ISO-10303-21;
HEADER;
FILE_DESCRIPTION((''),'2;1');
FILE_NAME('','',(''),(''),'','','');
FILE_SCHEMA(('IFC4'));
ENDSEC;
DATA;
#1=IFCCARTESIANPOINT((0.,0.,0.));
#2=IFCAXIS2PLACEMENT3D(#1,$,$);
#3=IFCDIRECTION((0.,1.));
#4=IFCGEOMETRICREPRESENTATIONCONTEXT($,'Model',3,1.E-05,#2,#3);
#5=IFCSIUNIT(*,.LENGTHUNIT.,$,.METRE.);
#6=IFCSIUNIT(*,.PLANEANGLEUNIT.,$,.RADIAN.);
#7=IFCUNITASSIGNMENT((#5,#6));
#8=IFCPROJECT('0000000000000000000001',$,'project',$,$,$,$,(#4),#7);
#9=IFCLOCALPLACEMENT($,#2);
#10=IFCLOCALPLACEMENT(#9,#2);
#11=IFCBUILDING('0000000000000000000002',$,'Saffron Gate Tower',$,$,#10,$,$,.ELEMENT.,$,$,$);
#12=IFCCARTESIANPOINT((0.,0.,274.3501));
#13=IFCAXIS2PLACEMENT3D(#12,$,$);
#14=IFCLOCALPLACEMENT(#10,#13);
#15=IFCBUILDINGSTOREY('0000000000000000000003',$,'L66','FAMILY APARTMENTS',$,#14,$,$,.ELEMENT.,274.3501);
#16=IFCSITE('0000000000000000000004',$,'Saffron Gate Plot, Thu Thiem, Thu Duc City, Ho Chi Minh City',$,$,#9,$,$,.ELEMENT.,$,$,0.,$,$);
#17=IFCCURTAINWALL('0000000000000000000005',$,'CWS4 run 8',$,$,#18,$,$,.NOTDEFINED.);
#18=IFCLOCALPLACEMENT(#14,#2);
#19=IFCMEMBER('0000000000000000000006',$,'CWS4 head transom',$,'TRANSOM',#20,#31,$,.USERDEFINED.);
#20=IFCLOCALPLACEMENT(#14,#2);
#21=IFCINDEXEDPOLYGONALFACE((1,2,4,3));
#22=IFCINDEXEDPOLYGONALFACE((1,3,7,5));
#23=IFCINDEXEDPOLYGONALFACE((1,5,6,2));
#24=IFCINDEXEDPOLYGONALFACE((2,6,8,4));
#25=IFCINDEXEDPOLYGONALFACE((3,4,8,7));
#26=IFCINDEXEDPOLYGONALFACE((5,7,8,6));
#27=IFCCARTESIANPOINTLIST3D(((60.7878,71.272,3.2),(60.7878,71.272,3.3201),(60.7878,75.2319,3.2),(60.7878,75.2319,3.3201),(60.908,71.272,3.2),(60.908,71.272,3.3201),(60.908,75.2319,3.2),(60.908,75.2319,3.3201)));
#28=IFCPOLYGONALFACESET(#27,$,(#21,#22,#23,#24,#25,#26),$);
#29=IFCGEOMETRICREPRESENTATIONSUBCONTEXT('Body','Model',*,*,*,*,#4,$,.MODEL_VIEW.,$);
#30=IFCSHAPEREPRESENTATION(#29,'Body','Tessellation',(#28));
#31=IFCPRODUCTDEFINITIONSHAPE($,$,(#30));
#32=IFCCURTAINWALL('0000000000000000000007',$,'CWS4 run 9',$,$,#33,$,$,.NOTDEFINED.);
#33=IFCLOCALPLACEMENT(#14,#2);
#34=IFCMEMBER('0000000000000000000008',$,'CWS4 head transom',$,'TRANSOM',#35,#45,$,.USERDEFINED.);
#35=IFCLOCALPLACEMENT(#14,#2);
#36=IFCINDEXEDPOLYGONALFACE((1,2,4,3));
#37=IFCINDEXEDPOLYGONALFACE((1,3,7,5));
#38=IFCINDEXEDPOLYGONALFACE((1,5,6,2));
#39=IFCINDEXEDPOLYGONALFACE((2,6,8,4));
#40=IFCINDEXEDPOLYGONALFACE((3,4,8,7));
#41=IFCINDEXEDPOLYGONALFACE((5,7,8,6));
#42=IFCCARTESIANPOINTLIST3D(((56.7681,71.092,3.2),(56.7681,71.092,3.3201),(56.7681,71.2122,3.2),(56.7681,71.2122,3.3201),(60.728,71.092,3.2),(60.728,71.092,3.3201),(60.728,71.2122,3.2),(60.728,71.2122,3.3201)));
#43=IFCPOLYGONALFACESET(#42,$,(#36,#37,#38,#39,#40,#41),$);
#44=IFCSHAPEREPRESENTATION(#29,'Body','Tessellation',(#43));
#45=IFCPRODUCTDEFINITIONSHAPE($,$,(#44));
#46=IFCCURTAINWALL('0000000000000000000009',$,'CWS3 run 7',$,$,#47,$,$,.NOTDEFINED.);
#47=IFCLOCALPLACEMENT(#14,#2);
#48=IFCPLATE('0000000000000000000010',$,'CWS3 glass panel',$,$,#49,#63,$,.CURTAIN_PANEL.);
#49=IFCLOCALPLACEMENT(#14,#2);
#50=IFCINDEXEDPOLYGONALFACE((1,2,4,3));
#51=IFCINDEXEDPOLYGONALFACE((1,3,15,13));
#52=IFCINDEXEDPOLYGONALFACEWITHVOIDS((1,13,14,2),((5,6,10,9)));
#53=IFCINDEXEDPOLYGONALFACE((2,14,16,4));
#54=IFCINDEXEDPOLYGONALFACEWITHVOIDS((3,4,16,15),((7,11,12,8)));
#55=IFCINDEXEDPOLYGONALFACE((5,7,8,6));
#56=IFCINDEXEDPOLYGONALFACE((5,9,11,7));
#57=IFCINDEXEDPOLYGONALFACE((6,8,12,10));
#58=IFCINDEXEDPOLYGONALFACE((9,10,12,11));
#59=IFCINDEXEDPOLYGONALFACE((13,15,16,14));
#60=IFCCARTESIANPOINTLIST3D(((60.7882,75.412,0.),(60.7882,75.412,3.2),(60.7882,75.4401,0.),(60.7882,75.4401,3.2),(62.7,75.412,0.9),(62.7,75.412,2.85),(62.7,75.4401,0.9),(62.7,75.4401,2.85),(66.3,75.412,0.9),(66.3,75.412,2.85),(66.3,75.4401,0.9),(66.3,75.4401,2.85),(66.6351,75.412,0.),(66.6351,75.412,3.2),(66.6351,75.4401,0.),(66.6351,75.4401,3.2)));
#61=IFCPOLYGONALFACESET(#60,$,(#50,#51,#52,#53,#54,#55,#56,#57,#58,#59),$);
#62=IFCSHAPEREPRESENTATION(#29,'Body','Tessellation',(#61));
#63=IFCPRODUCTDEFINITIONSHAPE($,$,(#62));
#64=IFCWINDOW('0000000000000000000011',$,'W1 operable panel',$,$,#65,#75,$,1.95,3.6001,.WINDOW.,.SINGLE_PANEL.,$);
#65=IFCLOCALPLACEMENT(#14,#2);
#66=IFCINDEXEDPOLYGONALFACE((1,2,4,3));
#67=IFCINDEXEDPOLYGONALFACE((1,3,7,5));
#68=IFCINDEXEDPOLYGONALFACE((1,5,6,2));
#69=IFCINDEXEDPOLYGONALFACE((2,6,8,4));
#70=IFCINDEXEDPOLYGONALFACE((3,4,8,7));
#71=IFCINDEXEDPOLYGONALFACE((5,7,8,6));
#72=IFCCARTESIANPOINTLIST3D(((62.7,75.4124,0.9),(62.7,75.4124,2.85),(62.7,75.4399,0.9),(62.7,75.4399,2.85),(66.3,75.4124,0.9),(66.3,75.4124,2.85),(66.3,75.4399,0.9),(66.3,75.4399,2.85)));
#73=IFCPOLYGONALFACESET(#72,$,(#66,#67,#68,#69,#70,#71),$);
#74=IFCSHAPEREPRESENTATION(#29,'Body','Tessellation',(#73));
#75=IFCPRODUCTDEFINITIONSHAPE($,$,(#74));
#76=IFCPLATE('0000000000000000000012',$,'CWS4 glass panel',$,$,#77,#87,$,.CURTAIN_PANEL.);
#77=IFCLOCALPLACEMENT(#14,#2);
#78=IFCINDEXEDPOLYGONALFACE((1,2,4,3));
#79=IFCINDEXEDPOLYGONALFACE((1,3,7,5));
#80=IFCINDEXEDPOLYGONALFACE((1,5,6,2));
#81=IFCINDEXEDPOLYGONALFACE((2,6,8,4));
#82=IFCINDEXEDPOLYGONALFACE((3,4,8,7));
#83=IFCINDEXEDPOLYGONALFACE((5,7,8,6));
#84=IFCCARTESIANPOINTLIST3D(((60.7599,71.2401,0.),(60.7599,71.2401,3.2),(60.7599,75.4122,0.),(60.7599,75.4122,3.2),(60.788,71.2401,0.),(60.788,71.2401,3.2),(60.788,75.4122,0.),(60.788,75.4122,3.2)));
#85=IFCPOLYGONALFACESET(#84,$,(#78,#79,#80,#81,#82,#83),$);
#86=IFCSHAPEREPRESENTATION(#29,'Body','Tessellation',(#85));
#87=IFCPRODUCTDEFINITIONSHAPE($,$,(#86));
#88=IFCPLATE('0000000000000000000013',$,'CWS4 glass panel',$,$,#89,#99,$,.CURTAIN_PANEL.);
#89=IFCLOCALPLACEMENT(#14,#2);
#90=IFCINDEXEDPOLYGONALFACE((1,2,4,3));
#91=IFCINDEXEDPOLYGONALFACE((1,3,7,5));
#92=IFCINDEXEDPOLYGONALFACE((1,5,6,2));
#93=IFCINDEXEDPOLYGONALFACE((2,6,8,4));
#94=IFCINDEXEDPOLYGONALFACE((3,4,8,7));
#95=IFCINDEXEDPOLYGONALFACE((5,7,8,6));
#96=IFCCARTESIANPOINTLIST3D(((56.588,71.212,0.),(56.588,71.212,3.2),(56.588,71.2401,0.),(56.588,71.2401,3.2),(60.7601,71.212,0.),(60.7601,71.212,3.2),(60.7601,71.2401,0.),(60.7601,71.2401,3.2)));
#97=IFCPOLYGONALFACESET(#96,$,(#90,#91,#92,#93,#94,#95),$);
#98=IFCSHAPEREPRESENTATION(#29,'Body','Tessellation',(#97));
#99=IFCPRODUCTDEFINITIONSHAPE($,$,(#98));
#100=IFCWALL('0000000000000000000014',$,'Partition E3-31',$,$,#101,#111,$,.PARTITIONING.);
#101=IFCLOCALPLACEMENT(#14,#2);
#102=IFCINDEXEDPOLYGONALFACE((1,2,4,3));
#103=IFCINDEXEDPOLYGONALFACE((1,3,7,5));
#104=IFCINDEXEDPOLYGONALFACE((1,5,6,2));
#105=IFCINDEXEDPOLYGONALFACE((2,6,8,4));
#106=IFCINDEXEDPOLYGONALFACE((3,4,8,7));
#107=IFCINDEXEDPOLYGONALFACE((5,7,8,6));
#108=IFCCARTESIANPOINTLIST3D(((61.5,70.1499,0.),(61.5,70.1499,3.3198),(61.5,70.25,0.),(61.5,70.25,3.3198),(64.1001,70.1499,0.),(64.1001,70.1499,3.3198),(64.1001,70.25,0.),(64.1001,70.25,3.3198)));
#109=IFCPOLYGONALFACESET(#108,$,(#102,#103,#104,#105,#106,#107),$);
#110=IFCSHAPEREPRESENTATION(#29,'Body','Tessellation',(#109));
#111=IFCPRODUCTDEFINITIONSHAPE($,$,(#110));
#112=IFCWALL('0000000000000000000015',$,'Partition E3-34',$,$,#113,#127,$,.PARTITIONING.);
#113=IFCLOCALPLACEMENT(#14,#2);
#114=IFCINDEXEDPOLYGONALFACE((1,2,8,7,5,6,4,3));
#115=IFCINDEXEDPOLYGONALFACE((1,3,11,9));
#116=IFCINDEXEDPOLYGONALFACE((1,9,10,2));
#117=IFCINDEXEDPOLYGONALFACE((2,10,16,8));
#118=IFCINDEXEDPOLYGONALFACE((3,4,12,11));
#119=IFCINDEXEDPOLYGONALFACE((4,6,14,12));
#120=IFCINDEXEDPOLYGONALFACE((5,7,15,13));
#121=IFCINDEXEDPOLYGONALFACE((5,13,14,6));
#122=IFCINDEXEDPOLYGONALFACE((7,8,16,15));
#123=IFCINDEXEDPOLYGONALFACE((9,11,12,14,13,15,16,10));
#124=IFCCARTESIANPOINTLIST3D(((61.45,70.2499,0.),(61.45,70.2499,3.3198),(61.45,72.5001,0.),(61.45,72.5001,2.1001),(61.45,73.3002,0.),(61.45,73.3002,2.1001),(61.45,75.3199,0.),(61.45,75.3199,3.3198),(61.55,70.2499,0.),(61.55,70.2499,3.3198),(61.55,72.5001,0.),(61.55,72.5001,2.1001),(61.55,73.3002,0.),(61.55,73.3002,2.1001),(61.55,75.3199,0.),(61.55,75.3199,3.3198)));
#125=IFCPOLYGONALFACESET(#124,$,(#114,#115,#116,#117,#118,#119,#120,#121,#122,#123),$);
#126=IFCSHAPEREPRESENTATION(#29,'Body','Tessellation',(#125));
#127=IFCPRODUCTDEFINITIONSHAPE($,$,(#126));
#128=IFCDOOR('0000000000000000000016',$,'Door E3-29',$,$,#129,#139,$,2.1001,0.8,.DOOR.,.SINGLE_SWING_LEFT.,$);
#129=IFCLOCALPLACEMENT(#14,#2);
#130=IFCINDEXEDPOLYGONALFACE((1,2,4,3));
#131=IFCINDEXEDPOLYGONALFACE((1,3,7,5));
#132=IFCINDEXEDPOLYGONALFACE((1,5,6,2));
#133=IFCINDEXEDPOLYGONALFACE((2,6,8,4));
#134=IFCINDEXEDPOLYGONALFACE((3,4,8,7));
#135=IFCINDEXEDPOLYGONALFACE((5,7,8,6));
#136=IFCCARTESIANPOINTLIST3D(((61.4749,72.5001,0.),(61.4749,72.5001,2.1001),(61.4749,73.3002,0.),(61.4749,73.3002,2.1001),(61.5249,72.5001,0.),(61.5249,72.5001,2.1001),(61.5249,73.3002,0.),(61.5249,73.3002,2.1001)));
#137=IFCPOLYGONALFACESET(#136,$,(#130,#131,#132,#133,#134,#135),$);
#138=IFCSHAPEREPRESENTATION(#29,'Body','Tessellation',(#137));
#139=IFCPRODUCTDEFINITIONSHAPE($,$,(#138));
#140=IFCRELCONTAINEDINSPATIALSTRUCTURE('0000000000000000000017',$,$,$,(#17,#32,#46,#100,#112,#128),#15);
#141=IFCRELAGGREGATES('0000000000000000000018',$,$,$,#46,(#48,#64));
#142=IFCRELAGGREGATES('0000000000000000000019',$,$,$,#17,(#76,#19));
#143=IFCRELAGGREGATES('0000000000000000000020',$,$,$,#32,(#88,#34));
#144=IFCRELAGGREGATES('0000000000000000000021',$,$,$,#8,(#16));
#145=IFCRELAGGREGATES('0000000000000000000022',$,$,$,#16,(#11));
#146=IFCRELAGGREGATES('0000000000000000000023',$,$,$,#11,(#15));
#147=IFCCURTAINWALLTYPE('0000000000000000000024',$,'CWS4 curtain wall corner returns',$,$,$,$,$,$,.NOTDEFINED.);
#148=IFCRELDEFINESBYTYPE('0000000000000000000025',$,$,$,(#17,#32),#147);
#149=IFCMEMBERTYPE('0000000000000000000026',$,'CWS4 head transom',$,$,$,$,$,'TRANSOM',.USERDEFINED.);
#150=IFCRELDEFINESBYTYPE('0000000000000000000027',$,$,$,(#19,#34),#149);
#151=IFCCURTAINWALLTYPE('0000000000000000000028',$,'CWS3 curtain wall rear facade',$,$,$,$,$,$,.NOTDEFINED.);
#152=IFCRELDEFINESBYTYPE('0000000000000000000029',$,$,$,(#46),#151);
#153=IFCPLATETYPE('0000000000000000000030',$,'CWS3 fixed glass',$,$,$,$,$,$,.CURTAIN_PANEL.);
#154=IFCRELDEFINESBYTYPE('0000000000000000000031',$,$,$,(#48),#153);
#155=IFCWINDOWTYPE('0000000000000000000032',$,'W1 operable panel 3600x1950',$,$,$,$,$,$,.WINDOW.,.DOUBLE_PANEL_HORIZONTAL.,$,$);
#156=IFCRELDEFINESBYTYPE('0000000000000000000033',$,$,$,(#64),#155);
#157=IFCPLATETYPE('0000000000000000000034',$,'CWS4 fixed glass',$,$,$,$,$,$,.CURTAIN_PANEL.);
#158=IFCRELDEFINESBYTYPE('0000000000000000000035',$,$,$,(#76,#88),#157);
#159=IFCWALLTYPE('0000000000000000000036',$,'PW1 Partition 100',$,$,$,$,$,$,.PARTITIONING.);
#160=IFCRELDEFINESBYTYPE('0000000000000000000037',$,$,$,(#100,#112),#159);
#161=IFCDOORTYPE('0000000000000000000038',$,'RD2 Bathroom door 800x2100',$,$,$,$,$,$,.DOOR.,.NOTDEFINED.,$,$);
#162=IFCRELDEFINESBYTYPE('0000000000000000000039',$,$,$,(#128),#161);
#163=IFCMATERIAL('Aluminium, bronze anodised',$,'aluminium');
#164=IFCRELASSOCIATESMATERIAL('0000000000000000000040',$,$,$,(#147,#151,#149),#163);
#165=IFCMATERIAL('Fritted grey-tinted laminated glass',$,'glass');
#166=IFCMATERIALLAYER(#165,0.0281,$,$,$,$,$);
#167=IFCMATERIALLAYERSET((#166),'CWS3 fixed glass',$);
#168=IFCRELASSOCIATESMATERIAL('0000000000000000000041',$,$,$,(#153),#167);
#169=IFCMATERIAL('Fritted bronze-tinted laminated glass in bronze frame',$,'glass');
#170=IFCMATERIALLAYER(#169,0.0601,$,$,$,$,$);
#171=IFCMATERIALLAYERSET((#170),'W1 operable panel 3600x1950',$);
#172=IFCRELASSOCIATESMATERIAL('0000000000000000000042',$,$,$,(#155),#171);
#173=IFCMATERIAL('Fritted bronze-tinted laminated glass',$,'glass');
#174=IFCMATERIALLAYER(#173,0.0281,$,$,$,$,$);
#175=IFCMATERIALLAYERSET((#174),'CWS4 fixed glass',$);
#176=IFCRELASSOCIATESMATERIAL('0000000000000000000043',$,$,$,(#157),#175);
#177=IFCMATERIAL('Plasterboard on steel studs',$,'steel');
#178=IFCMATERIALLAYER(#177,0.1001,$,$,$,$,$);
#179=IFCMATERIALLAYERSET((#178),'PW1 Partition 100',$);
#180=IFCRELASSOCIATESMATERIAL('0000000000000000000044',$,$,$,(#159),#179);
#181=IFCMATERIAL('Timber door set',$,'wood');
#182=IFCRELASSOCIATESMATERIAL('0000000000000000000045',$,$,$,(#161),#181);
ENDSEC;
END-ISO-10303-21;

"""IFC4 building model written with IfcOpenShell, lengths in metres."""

from ifc_helpers import new_model, si_unit, direction, frame, frame_2d, origin, origin_2d, place, context, subcontext, project, spatial, rectangle, extrude, material, layer, layer_set, material_profile, profile_set, type_object, element, fill, aggregate, save


model = new_model("IFC4")

# Units and contexts
model_context = context("Model", 3, precision=1e-05, world=origin(), true_north=direction((0.0, 1.0)))
body_context = subcontext(model_context, "Body", "Model", "MODEL_VIEW")
ifc_project = project(units=[si_unit("LENGTHUNIT", "METRE"), si_unit("PLANEANGLEUNIT", "RADIAN")], contexts=[model_context])

# Site, building, storey
site_placement = place(None, origin())
site = spatial("IfcSite", under=ifc_project, at=site_placement, Name="Saffron Gate Plot, Thu Thiem, Thu Duc City, Ho Chi Minh City", CompositionType="ELEMENT", RefElevation=0.0)
building_placement = place(site_placement, origin())
building = spatial("IfcBuilding", under=site, at=building_placement, Name="Saffron Gate Tower", CompositionType="ELEMENT")
storey_placement = place(building_placement, frame((0.0, 0.0, 274.3501)))
storey = spatial("IfcBuildingStorey", under=building, at=storey_placement, Name="L66", Description="FAMILY APARTMENTS", CompositionType="ELEMENT", Elevation=274.3501)

# Curtain walls, members
ifc_material_1 = material(Name="Aluminium, bronze anodised", Category="aluminium")
curtain_wall_type_1 = type_object("IfcCurtainWallType", Name="CWS4 curtain wall corner returns", PredefinedType="NOTDEFINED", material=ifc_material_1)
curtain_wall_1_placement = place(storey_placement, origin())
curtain_wall_1 = element("IfcCurtainWall", 1, at=curtain_wall_1_placement, inside=storey, type_object=curtain_wall_type_1, Name="CWS4 run 8", PredefinedType="NOTDEFINED")
ifc_material_profile = material_profile(ifc_material_1, rectangle(XDim=0.1201, YDim=0.1201, at=origin_2d()))
ifc_profile_set = profile_set([ifc_material_profile], Name="Aluminium, bronze anodised")
member_type = type_object("IfcMemberType", Name="CWS4 head transom", ElementType="TRANSOM", PredefinedType="USERDEFINED", material=ifc_profile_set)
member_1_placement = place(storey_placement, frame((60.8479, 75.2319, 3.26), z_axis=(0.0, -1.0, 0.0), x_axis=(1.0, 0.0, 0.0)))
member_1 = element("IfcMember", 2, at=member_1_placement, type_object=member_type, Name="CWS4 head transom", ObjectType="TRANSOM", PredefinedType="USERDEFINED", context=body_context, shape_type="SweptSolid", body=[
    extrude(rectangle(XDim=0.1201, YDim=0.1201, at=origin_2d()), origin(), (0.0, 0.0, 1.0), 3.96),
])
curtain_wall_2_placement = place(storey_placement, origin())
curtain_wall_2 = element("IfcCurtainWall", 3, at=curtain_wall_2_placement, inside=storey, type_object=curtain_wall_type_1, Name="CWS4 run 9", PredefinedType="NOTDEFINED")
member_2_placement = place(storey_placement, frame((60.728, 71.1521, 3.26), z_axis=(-1.0, 0.0, 0.0), x_axis=(0.0, -1.0, 0.0)))
member_2 = element("IfcMember", 4, at=member_2_placement, type_object=member_type, Name="CWS4 head transom", ObjectType="TRANSOM", PredefinedType="USERDEFINED", context=body_context, shape_type="SweptSolid", body=[
    extrude(rectangle(XDim=0.1201, YDim=0.1201, at=origin_2d()), origin(), (0.0, 0.0, 1.0), 3.96),
])

# Curtain wall, plate, opening, window
curtain_wall_type_2 = type_object("IfcCurtainWallType", Name="CWS3 curtain wall rear facade", PredefinedType="NOTDEFINED", material=ifc_material_1)
curtain_wall_3_placement = place(storey_placement, origin())
curtain_wall_3 = element("IfcCurtainWall", 5, at=curtain_wall_3_placement, inside=storey, type_object=curtain_wall_type_2, Name="CWS3 run 7", PredefinedType="NOTDEFINED")
ifc_material_2 = material(Name="Fritted grey-tinted laminated glass", Category="glass")
ifc_layer_1 = layer(ifc_material_2, 0.0281)
ifc_layer_set_1 = layer_set([ifc_layer_1], Name="CWS3 fixed glass")
plate_type_1 = type_object("IfcPlateType", Name="CWS3 fixed glass", PredefinedType="CURTAIN_PANEL", material=ifc_layer_set_1)
plate_1_placement = place(storey_placement, frame((66.635, 75.426, 0.0), z_axis=(0.0, 0.0, 1.0), x_axis=(-1.0, 0.0, 0.0)))
plate_1 = element("IfcPlate", 6, at=plate_1_placement, type_object=plate_type_1, Name="CWS3 glass panel", PredefinedType="CURTAIN_PANEL", context=body_context, shape_type="SweptSolid", body=[
    extrude(rectangle(XDim=5.8469, YDim=0.0281, at=frame_2d((2.9233, 0.0))), origin(), (0.0, 0.0, 1.0), 3.2),
])
opening_1_placement = place(plate_1_placement, frame((0.335, 0.0, 0.8999)))
opening_1 = element("IfcOpeningElement", 7, at=opening_1_placement, cuts=plate_1, PredefinedType="OPENING", context=body_context, shape_type="SweptSolid", body=[
    extrude(rectangle(XDim=3.6001, YDim=1.95, at=frame_2d((1.8, 0.9751))), frame((0.0, 0.0239, 0.0), z_axis=(0.0, -1.0, 0.0), x_axis=(1.0, 0.0, 0.0)), (0.0, 0.0, 1.0), 0.0481),
])
ifc_material_3 = material(Name="Fritted bronze-tinted laminated glass in bronze frame", Category="glass")
ifc_layer_2 = layer(ifc_material_3, 0.0601)
ifc_layer_set_2 = layer_set([ifc_layer_2], Name="W1 operable panel 3600x1950")
window_type = type_object("IfcWindowType", Name="W1 operable panel 3600x1950", PartitioningType="DOUBLE_PANEL_HORIZONTAL", PredefinedType="WINDOW", material=ifc_layer_set_2)
window_placement = place(opening_1_placement, origin())
window = element("IfcWindow", 8, at=window_placement, type_object=window_type, Name="W1 operable panel", OverallHeight=1.95, OverallWidth=3.6001, PartitioningType="SINGLE_PANEL", PredefinedType="WINDOW", context=body_context, shape_type="SweptSolid", body=[
    extrude(rectangle(XDim=3.6001, YDim=1.95, at=frame_2d((1.8, 0.9751))), frame((0.0, 0.0137, 0.0), z_axis=(0.0, -1.0, 0.0), x_axis=(1.0, 0.0, 0.0)), (0.0, 0.0, 1.0), 0.0276),
])
fill(opening_1, window)
aggregate(curtain_wall_3, [plate_1, window])

# Plates
ifc_material_4 = material(Name="Fritted bronze-tinted laminated glass", Category="glass")
ifc_layer_3 = layer(ifc_material_4, 0.0281)
ifc_layer_set_3 = layer_set([ifc_layer_3], Name="CWS4 fixed glass")
plate_type_2 = type_object("IfcPlateType", Name="CWS4 fixed glass", PredefinedType="CURTAIN_PANEL", material=ifc_layer_set_3)
plate_2_placement = place(storey_placement, frame((60.7739, 75.4121, 0.0), z_axis=(0.0, 0.0, 1.0), x_axis=(0.0, -1.0, 0.0)))
plate_2 = element("IfcPlate", 9, at=plate_2_placement, type_object=plate_type_2, Name="CWS4 glass panel", PredefinedType="CURTAIN_PANEL", context=body_context, shape_type="SweptSolid", body=[
    extrude(rectangle(XDim=4.1721, YDim=0.0281, at=frame_2d((2.0859, 0.0))), origin(), (0.0, 0.0, 1.0), 3.2),
])
aggregate(curtain_wall_1, [plate_2, member_1])
plate_3_placement = place(storey_placement, frame((60.76, 71.2261, 0.0), z_axis=(0.0, 0.0, 1.0), x_axis=(-1.0, 0.0, 0.0)))
plate_3 = element("IfcPlate", 10, at=plate_3_placement, type_object=plate_type_2, Name="CWS4 glass panel", PredefinedType="CURTAIN_PANEL", context=body_context, shape_type="SweptSolid", body=[
    extrude(rectangle(XDim=4.1721, YDim=0.0281, at=frame_2d((2.0859, 0.0))), origin(), (0.0, 0.0, 1.0), 3.2),
])
aggregate(curtain_wall_2, [plate_3, member_2])

# Wall
ifc_material_5 = material(Name="Plasterboard on steel studs", Category="steel")
ifc_layer_4 = layer(ifc_material_5, 0.1001)
ifc_layer_set_4 = layer_set([ifc_layer_4], Name="PW1 Partition 100")
wall_type = type_object("IfcWallType", Name="PW1 Partition 100", PredefinedType="PARTITIONING", material=ifc_layer_set_4)
wall_1_placement = place(storey_placement, frame((61.5, 70.2, 0.0), z_axis=(0.0, 0.0, 1.0), x_axis=(1.0, 0.0, 0.0)))
element("IfcWall", 11, at=wall_1_placement, inside=storey, type_object=wall_type, Name="Partition E3-31", PredefinedType="PARTITIONING", context=body_context, shape_type="SweptSolid", body=[
    extrude(rectangle(XDim=2.6001, YDim=0.1001, at=frame_2d((1.3, 0.0))), origin(), (0.0, 0.0, 1.0), 3.3198),
])

# Wall, opening, door
wall_2_placement = place(storey_placement, frame((61.5, 75.3201, 0.0), z_axis=(0.0, 0.0, 1.0), x_axis=(0.0, -1.0, 0.0)))
wall_2 = element("IfcWall", 12, at=wall_2_placement, inside=storey, type_object=wall_type, Name="Partition E3-34", PredefinedType="PARTITIONING", context=body_context, shape_type="SweptSolid", body=[
    extrude(rectangle(XDim=5.0701, YDim=0.1001, at=frame_2d((2.5352, 0.0))), origin(), (0.0, 0.0, 1.0), 3.3198),
])
opening_2_placement = place(wall_2_placement, frame((2.02, 0.0, 0.0)))
opening_2 = element("IfcOpeningElement", 13, at=opening_2_placement, cuts=wall_2, PredefinedType="OPENING", context=body_context, shape_type="SweptSolid", body=[
    extrude(rectangle(XDim=0.8, YDim=2.1001, at=frame_2d((0.3999, 1.05))), frame((0.0, 0.0601, 0.0), z_axis=(0.0, -1.0, 0.0), x_axis=(1.0, 0.0, 0.0)), (0.0, 0.0, 1.0), 0.1201),
])
ifc_material_6 = material(Name="Timber door set", Category="wood")
door_type = type_object("IfcDoorType", Name="RD2 Bathroom door 800x2100", OperationType="NOTDEFINED", PredefinedType="DOOR", material=ifc_material_6)
door_placement = place(opening_2_placement, origin())
door = element("IfcDoor", 14, at=door_placement, inside=storey, type_object=door_type, Name="Door E3-29", OperationType="SINGLE_SWING_LEFT", OverallHeight=2.1001, OverallWidth=0.8, PredefinedType="DOOR", context=body_context, shape_type="SweptSolid", body=[
    extrude(rectangle(XDim=0.8, YDim=2.1001, at=frame_2d((0.3999, 1.05))), frame((0.0, 0.0249, 0.0), z_axis=(0.0, -1.0, 0.0), x_axis=(1.0, 0.0, 0.0)), (0.0, 0.0, 1.0), 0.05),
])
fill(opening_2, door)

save(model, "model.ifc")
